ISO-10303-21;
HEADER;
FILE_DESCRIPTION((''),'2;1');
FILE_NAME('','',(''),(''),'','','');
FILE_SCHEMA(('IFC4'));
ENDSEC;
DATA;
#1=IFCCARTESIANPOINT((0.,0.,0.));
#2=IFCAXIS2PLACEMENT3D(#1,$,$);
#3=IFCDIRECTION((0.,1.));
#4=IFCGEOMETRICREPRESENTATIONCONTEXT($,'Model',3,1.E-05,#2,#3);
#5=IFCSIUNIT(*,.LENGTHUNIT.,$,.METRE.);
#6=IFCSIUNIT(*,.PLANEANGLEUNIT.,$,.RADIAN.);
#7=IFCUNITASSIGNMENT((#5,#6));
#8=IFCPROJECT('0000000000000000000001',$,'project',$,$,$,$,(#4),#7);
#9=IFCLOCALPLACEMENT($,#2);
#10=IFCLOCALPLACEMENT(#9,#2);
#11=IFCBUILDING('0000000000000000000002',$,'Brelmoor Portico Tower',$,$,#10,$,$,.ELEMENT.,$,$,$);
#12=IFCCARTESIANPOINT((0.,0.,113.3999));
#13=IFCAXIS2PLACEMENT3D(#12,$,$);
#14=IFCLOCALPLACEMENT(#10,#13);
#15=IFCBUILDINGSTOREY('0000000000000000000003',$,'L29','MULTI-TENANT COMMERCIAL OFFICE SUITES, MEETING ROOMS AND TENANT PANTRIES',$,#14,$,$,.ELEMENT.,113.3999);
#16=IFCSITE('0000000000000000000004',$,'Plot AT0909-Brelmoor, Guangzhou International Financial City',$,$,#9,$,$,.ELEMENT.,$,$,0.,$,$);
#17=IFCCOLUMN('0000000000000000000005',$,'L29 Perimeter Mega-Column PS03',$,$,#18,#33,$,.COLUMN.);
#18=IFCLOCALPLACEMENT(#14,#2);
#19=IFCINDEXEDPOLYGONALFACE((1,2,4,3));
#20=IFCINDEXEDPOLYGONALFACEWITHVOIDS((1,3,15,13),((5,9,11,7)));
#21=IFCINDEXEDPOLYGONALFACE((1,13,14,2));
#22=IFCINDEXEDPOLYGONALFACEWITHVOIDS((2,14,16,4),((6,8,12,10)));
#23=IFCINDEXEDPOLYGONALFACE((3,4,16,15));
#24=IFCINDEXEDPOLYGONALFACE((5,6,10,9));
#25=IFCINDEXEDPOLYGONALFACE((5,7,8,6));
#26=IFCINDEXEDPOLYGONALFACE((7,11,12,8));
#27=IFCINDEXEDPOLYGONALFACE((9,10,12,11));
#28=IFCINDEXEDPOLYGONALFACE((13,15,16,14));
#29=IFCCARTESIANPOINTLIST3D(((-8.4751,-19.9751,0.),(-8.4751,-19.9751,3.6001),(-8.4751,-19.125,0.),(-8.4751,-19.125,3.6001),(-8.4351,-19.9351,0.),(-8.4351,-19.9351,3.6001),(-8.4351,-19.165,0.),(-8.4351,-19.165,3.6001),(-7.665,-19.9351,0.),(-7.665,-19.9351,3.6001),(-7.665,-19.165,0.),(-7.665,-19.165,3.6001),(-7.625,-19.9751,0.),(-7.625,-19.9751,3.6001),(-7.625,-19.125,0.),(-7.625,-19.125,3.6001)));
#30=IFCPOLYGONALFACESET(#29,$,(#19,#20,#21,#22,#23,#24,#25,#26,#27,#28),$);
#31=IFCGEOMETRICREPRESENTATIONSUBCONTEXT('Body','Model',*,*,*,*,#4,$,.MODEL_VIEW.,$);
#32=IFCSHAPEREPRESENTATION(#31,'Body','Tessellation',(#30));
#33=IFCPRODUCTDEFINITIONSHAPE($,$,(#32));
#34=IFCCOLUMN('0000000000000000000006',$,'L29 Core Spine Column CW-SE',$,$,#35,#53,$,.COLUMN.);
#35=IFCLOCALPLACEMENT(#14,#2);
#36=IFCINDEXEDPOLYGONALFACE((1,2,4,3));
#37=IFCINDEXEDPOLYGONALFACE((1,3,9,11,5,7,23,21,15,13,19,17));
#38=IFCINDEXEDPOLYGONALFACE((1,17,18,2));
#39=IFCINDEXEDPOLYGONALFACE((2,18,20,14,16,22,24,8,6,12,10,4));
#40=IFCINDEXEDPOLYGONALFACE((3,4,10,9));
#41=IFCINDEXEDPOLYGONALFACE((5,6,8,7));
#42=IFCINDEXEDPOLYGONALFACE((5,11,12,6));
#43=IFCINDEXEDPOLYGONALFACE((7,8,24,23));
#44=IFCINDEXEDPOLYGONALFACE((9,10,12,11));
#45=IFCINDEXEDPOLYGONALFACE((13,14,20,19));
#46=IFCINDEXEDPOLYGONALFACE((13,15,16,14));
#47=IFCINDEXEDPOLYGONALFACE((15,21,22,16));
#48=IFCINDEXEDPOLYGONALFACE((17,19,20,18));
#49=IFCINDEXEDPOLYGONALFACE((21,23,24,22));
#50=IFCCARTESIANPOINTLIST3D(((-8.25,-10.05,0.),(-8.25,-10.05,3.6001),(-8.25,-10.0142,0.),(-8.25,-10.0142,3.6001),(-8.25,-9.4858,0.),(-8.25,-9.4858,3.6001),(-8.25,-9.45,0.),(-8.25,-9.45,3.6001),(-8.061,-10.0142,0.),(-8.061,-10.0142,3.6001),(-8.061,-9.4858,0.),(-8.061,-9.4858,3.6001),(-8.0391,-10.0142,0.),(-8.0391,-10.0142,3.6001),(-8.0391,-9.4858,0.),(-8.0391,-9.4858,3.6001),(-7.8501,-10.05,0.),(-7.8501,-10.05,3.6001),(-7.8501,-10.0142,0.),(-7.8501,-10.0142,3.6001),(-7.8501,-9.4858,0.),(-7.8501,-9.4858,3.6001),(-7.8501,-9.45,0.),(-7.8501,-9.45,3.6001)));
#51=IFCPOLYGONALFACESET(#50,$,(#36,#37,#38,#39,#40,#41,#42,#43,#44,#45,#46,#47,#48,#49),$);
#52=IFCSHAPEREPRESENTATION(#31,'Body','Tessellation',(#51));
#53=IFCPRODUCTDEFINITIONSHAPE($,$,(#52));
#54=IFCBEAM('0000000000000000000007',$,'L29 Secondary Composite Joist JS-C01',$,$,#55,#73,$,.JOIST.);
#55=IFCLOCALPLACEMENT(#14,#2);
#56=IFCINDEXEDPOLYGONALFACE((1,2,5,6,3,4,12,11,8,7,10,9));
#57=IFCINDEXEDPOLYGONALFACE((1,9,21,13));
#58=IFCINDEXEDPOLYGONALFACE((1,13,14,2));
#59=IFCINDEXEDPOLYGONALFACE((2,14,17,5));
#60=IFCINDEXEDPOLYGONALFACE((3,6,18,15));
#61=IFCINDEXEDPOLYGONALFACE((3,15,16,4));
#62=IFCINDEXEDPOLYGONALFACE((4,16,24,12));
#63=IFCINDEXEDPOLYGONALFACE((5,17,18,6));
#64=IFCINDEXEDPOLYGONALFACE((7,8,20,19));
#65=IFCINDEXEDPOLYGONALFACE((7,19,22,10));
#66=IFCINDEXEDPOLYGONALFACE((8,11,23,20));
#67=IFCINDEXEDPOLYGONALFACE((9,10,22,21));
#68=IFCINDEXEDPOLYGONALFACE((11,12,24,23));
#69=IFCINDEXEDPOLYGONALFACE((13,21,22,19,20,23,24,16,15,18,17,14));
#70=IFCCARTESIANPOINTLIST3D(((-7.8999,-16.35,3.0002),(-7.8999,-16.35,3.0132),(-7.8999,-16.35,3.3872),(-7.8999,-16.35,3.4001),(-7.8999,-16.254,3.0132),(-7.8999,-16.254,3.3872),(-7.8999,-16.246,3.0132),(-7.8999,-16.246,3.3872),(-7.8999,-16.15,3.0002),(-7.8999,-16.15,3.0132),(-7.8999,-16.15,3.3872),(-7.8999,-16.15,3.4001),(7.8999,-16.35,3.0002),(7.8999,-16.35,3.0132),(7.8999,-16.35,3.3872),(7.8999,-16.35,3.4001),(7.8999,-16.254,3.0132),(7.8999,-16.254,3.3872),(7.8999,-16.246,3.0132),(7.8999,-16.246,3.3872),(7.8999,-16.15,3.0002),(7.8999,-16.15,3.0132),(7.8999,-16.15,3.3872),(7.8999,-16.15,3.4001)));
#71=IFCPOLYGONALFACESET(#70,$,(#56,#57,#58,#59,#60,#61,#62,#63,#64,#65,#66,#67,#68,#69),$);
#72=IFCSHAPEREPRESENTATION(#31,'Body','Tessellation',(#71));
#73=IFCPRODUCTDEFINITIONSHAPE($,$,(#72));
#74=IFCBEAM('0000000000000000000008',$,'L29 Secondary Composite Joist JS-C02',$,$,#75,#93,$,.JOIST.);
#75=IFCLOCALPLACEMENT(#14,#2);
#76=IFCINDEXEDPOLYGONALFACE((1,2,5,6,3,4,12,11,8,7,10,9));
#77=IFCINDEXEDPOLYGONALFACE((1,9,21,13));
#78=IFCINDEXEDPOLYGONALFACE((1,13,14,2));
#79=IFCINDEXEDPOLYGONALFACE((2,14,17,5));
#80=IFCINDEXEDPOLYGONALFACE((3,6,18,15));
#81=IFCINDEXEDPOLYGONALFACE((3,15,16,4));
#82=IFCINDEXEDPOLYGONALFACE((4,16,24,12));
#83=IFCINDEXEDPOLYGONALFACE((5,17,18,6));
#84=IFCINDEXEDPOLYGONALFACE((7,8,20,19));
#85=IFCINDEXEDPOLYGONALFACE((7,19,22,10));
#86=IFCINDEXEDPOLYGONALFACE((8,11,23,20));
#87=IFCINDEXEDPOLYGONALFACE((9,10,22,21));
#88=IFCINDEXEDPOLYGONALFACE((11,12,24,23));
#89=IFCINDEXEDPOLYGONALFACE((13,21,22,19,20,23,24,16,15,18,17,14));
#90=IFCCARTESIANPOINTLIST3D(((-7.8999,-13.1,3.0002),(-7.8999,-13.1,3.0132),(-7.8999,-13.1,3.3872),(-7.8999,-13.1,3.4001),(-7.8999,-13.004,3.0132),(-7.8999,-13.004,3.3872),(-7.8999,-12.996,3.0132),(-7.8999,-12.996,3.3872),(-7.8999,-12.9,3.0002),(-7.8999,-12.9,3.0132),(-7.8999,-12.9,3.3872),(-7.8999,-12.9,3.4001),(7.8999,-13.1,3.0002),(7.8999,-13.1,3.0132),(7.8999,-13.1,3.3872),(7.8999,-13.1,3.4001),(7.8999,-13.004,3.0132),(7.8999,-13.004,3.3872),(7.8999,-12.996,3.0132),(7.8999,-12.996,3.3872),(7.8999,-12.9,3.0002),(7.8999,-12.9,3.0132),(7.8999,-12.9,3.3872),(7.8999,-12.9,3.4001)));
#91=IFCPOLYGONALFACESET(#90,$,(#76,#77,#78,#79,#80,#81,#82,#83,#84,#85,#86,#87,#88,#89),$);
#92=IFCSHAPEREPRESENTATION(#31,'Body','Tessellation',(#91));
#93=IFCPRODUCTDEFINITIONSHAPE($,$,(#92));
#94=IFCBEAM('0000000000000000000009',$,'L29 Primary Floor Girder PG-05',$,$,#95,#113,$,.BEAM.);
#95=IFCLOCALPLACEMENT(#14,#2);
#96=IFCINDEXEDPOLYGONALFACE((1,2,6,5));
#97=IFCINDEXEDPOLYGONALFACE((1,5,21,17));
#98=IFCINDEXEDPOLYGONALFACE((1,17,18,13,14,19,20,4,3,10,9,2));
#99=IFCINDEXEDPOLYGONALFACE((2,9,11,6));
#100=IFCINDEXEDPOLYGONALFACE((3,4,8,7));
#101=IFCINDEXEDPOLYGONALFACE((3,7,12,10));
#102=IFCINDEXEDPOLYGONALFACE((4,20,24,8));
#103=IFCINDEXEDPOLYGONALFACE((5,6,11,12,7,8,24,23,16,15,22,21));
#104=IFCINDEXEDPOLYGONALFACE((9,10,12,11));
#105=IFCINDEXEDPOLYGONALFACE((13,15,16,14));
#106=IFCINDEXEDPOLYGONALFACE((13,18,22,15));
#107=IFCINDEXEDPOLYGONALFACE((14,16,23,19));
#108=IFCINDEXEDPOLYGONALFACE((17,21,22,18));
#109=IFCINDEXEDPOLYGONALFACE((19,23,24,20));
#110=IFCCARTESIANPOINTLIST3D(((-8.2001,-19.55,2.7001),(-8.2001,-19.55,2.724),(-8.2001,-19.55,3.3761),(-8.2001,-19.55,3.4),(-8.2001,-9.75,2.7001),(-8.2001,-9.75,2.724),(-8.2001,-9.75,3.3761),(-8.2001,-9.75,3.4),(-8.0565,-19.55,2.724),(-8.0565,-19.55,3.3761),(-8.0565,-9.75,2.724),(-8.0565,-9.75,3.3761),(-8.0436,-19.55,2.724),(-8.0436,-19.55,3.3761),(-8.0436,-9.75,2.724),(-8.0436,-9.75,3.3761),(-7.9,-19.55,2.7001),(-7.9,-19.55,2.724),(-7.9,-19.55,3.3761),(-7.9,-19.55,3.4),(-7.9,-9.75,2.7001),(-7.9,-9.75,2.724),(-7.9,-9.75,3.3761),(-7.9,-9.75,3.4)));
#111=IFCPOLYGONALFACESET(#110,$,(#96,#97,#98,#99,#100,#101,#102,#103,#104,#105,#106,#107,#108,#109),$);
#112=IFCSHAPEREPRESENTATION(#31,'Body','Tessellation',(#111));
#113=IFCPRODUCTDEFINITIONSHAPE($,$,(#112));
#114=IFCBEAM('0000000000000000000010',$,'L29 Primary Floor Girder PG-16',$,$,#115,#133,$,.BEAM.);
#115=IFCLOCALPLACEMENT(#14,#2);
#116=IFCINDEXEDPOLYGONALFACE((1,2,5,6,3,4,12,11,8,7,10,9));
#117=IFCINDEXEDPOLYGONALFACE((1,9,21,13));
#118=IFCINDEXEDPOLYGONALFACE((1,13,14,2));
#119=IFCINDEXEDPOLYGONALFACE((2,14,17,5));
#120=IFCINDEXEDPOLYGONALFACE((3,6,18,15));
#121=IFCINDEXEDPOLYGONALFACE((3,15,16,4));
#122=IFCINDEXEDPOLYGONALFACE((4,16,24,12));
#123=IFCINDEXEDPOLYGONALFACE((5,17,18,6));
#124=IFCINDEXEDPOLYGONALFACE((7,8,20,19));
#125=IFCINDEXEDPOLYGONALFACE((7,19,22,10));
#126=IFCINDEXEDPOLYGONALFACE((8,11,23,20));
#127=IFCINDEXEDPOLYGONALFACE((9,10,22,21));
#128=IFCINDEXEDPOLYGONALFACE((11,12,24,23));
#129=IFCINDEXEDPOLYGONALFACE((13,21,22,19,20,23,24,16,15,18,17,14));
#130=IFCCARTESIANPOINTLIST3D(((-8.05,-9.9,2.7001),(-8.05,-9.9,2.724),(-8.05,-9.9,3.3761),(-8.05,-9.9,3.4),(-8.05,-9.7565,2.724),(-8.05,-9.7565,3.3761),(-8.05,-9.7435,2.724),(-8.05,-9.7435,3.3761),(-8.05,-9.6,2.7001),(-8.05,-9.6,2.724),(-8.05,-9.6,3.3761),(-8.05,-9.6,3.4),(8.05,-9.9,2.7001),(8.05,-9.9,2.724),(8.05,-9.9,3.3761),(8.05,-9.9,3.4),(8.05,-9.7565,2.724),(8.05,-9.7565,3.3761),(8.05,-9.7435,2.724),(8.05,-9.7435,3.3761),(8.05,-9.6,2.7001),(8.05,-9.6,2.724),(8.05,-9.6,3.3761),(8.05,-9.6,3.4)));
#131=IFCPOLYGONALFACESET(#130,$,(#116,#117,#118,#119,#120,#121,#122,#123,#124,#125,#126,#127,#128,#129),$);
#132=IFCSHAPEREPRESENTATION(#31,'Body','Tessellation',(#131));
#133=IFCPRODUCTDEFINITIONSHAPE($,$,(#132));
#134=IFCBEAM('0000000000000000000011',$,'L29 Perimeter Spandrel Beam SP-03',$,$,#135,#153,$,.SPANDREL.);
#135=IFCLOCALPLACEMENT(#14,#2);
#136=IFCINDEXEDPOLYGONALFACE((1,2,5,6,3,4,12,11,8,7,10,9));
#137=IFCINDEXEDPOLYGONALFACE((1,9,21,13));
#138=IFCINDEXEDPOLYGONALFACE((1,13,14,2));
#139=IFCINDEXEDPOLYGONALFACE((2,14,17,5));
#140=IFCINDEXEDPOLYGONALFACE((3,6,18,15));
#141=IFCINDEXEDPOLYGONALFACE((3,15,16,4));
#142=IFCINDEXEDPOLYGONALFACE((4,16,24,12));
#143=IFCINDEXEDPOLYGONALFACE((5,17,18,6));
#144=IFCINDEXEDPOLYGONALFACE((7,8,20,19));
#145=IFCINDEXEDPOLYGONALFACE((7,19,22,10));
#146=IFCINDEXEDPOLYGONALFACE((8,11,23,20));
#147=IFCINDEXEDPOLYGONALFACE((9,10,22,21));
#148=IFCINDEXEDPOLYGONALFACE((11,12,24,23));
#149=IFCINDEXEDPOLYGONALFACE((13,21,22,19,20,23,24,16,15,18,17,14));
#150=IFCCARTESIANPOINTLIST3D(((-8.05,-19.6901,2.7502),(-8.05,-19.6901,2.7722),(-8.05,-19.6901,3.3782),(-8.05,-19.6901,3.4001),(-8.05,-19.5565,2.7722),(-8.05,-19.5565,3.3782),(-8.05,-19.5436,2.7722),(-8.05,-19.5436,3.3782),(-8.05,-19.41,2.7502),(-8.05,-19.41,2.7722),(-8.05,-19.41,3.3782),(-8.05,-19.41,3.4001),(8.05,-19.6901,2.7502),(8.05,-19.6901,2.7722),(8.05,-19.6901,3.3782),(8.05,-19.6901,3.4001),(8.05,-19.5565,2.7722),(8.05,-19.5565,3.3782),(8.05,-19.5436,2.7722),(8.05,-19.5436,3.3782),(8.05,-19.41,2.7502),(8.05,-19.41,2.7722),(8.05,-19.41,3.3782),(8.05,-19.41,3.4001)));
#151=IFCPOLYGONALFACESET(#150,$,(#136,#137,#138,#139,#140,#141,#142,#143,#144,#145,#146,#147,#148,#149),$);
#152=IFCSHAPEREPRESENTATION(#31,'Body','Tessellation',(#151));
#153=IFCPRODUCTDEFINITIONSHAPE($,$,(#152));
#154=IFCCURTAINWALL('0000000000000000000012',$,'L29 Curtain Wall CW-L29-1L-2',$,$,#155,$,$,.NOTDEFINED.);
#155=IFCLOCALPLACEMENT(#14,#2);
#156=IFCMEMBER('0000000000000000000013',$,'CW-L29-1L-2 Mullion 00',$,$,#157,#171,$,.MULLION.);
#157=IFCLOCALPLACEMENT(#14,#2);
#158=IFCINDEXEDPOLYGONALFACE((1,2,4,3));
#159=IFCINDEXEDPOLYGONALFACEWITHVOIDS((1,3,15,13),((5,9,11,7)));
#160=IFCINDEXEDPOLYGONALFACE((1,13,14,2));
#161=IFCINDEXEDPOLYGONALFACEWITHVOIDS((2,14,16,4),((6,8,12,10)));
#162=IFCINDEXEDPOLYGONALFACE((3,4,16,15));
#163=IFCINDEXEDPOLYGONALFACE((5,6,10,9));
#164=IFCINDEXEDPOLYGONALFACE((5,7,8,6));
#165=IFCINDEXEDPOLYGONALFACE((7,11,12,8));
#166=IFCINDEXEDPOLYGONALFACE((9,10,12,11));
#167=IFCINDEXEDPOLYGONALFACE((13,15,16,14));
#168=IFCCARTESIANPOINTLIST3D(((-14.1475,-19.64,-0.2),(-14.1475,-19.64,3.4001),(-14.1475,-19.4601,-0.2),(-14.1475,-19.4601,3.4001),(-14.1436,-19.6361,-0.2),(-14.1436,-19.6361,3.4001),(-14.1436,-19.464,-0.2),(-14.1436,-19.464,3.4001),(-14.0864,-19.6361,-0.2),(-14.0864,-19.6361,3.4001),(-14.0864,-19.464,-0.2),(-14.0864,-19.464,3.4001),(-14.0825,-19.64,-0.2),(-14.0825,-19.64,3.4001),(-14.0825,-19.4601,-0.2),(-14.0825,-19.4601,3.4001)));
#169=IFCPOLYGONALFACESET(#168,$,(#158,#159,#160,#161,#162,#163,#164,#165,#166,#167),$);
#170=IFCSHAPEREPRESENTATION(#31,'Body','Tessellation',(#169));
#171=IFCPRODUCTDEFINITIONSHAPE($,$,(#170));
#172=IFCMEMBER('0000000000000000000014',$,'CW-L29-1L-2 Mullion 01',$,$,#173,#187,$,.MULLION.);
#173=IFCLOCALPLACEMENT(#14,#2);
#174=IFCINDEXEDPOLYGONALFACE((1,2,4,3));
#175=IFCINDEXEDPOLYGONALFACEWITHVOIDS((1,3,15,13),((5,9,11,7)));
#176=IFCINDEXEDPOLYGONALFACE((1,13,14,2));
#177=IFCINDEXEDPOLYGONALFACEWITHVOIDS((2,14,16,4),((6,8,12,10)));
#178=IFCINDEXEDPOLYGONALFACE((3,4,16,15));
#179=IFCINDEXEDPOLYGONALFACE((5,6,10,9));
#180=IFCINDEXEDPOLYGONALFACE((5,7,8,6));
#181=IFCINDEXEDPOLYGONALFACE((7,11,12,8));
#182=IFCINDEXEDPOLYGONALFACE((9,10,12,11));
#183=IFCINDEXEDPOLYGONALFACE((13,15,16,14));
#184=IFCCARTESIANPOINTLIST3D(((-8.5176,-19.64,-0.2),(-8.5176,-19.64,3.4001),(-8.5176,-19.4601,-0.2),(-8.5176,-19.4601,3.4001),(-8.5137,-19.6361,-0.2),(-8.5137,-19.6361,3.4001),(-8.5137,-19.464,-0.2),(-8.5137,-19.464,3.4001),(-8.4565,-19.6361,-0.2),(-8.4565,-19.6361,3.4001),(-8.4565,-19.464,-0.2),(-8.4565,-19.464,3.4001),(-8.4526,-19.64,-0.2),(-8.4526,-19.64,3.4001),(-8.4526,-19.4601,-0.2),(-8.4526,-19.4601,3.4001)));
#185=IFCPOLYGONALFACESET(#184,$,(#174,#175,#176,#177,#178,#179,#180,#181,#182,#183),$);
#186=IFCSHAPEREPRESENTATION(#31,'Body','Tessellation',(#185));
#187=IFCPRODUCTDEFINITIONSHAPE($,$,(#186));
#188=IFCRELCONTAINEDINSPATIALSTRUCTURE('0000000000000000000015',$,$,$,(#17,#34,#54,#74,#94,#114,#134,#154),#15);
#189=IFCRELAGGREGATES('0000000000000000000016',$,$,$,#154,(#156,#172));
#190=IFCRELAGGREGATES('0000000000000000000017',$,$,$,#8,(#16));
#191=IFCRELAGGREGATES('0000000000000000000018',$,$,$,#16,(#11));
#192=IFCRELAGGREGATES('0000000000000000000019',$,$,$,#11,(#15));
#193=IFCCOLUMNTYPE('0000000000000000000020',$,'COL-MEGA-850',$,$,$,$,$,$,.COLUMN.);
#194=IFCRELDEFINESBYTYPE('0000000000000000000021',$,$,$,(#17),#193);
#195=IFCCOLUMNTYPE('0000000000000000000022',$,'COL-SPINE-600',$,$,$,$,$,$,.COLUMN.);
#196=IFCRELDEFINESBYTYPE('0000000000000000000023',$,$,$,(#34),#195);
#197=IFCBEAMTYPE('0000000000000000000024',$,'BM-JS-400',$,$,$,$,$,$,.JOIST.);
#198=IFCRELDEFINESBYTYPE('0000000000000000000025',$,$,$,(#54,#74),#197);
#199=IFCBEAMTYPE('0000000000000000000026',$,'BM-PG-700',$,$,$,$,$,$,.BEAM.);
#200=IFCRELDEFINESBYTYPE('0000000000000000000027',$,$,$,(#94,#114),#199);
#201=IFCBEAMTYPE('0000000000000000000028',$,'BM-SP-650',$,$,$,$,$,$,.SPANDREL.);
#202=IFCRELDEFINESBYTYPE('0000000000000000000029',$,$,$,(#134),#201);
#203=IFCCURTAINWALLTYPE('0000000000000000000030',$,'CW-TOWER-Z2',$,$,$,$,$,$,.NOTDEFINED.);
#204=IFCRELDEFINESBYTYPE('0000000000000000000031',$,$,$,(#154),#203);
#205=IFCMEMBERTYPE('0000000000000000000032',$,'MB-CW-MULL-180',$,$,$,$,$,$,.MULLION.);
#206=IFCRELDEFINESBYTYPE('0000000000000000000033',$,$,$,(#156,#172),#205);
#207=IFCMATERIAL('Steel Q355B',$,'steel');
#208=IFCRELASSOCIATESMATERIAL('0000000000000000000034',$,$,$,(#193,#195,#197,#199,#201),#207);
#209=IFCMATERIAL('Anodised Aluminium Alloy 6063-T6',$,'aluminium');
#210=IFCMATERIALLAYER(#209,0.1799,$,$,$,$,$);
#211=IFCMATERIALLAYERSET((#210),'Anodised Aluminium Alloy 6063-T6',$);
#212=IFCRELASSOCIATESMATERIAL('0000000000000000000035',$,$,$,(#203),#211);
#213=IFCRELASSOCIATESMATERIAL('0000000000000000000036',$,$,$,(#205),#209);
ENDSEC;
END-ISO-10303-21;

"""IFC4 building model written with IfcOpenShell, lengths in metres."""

from ifc_helpers import new_model, si_unit, direction, frame, origin, origin_2d, place, context, subcontext, project, spatial, hollow_rectangle, i_section, extrude, material, layer, layer_set, material_profile, profile_set, type_object, element, aggregate, save


model = new_model("IFC4")

# Units and contexts
model_context = context("Model", 3, precision=1e-05, world=origin(), true_north=direction((0.0, 1.0)))
body_context = subcontext(model_context, "Body", "Model", "MODEL_VIEW")
ifc_project = project(units=[si_unit("LENGTHUNIT", "METRE"), si_unit("PLANEANGLEUNIT", "RADIAN")], contexts=[model_context])

# Site, building, storey
site_placement = place(None, origin())
site = spatial("IfcSite", under=ifc_project, at=site_placement, Name="Plot AT0909-Brelmoor, Guangzhou International Financial City", CompositionType="ELEMENT", RefElevation=0.0)
building_placement = place(site_placement, origin())
building = spatial("IfcBuilding", under=site, at=building_placement, Name="Brelmoor Portico Tower", CompositionType="ELEMENT")
storey_placement = place(building_placement, frame((0.0, 0.0, 113.3999)))
storey = spatial("IfcBuildingStorey", under=building, at=storey_placement, Name="L29", Description="MULTI-TENANT COMMERCIAL OFFICE SUITES, MEETING ROOMS AND TENANT PANTRIES", CompositionType="ELEMENT", Elevation=113.3999)

# Columns
ifc_material_1 = material(Name="Steel Q355B", Category="steel")
ifc_material_profile_1 = material_profile(ifc_material_1, hollow_rectangle(XDim=0.8501, YDim=0.8501, WallThickness=0.04, at=origin_2d()), Name="BOX 850x850x40")
ifc_profile_set_1 = profile_set([ifc_material_profile_1], Name="Steel Q355B")
column_type_1 = type_object("IfcColumnType", Name="COL-MEGA-850", PredefinedType="COLUMN", material=ifc_profile_set_1)
column_1_placement = place(storey_placement, frame((-8.05, -19.55, 0.0), z_axis=(0.0, 0.0, 1.0), x_axis=(1.0, 0.0, 0.0)))
element("IfcColumn", 1, at=column_1_placement, inside=storey, type_object=column_type_1, Name="L29 Perimeter Mega-Column PS03", PredefinedType="COLUMN", context=body_context, shape_type="SweptSolid", body=[
    extrude(hollow_rectangle(XDim=0.8501, YDim=0.8501, WallThickness=0.04, at=origin_2d()), origin(), (0.0, 0.0, 1.0), 3.6001),
])
ifc_material_profile_2 = material_profile(ifc_material_1, i_section(OverallWidth=0.3999, OverallDepth=0.6001, WebThickness=0.022, FlangeThickness=0.0359, at=origin_2d()), Name="HW 600x400x22x36")
ifc_profile_set_2 = profile_set([ifc_material_profile_2], Name="Steel Q355B")
column_type_2 = type_object("IfcColumnType", Name="COL-SPINE-600", PredefinedType="COLUMN", material=ifc_profile_set_2)
column_2_placement = place(storey_placement, frame((-8.05, -9.75, 0.0), z_axis=(0.0, 0.0, 1.0), x_axis=(1.0, 0.0, 0.0)))
element("IfcColumn", 2, at=column_2_placement, inside=storey, type_object=column_type_2, Name="L29 Core Spine Column CW-SE", PredefinedType="COLUMN", context=body_context, shape_type="SweptSolid", body=[
    extrude(i_section(OverallWidth=0.3999, OverallDepth=0.6001, WebThickness=0.022, FlangeThickness=0.0359, at=origin_2d()), origin(), (0.0, 0.0, 1.0), 3.6001),
])

# Beams
ifc_material_profile_3 = material_profile(ifc_material_1, i_section(OverallWidth=0.2, OverallDepth=0.3999, WebThickness=0.0081, FlangeThickness=0.0129, at=origin_2d()), Name="HN 400x200x8x13")
ifc_profile_set_3 = profile_set([ifc_material_profile_3], Name="Steel Q355B")
beam_type_1 = type_object("IfcBeamType", Name="BM-JS-400", PredefinedType="JOIST", material=ifc_profile_set_3)
for number, where, z_axis, x_axis, name in (
    (3, (-7.8999, -16.25, 3.2002), (1.0, 0.0, 0.0), (0.0, 1.0, 0.0), "L29 Secondary Composite Joist JS-C01"),
    (4, (-7.8999, -13.0, 3.2002), (1.0, 0.0, 0.0), (0.0, 1.0, 0.0), "L29 Secondary Composite Joist JS-C02"),
):
    element("IfcBeam", number, at=place(storey_placement, frame(where, z_axis=z_axis, x_axis=x_axis)), inside=storey, type_object=beam_type_1, Name=name, PredefinedType="JOIST", context=body_context, shape_type="SweptSolid", body=[
        extrude(i_section(OverallWidth=0.2, OverallDepth=0.3999, WebThickness=0.0081, FlangeThickness=0.0129, at=origin_2d()), origin(), (0.0, 0.0, 1.0), 15.7998),
    ])
ifc_material_profile_4 = material_profile(ifc_material_1, i_section(OverallWidth=0.3, OverallDepth=0.7, WebThickness=0.0129, FlangeThickness=0.0239, at=origin_2d()), Name="HN 700x300x13x24")
ifc_profile_set_4 = profile_set([ifc_material_profile_4], Name="Steel Q355B")
beam_type_2 = type_object("IfcBeamType", Name="BM-PG-700", PredefinedType="BEAM", material=ifc_profile_set_4)
beam_1_placement = place(storey_placement, frame((-8.05, -19.55, 3.05), z_axis=(0.0, 1.0, 0.0), x_axis=(-1.0, 0.0, 0.0)))
element("IfcBeam", 5, at=beam_1_placement, inside=storey, type_object=beam_type_2, Name="L29 Primary Floor Girder PG-05", PredefinedType="BEAM", context=body_context, shape_type="SweptSolid", body=[
    extrude(i_section(OverallWidth=0.3, OverallDepth=0.7, WebThickness=0.0129, FlangeThickness=0.0239, at=origin_2d()), origin(), (0.0, 0.0, 1.0), 9.8),
])
beam_2_placement = place(storey_placement, frame((-8.05, -9.75, 3.05), z_axis=(1.0, 0.0, 0.0), x_axis=(0.0, 1.0, 0.0)))
element("IfcBeam", 6, at=beam_2_placement, inside=storey, type_object=beam_type_2, Name="L29 Primary Floor Girder PG-16", PredefinedType="BEAM", context=body_context, shape_type="SweptSolid", body=[
    extrude(i_section(OverallWidth=0.3, OverallDepth=0.7, WebThickness=0.0129, FlangeThickness=0.0239, at=origin_2d()), origin(), (0.0, 0.0, 1.0), 16.1001),
])
ifc_material_profile_5 = material_profile(ifc_material_1, i_section(OverallWidth=0.28, OverallDepth=0.6499, WebThickness=0.0129, FlangeThickness=0.022, at=origin_2d()), Name="HN 650x280x13x22")
ifc_profile_set_5 = profile_set([ifc_material_profile_5], Name="Steel Q355B")
beam_type_3 = type_object("IfcBeamType", Name="BM-SP-650", PredefinedType="SPANDREL", material=ifc_profile_set_5)
beam_3_placement = place(storey_placement, frame((-8.05, -19.55, 3.0752), z_axis=(1.0, 0.0, 0.0), x_axis=(0.0, 1.0, 0.0)))
element("IfcBeam", 7, at=beam_3_placement, inside=storey, type_object=beam_type_3, Name="L29 Perimeter Spandrel Beam SP-03", PredefinedType="SPANDREL", context=body_context, shape_type="SweptSolid", body=[
    extrude(i_section(OverallWidth=0.28, OverallDepth=0.6499, WebThickness=0.0129, FlangeThickness=0.022, at=origin_2d()), origin(), (0.0, 0.0, 1.0), 16.1001),
])

# Curtain wall, members
ifc_material_2 = material(Name="Anodised Aluminium Alloy 6063-T6", Category="aluminium")
ifc_layer_1 = layer(ifc_material_2, 0.1799)
ifc_layer_set_1 = layer_set([ifc_layer_1], Name="Anodised Aluminium Alloy 6063-T6")
curtain_wall_type = type_object("IfcCurtainWallType", Name="CW-TOWER-Z2", PredefinedType="NOTDEFINED", material=ifc_layer_set_1)
curtain_wall_1_placement = place(storey_placement, origin())
curtain_wall_1 = element("IfcCurtainWall", 8, at=curtain_wall_1_placement, inside=storey, type_object=curtain_wall_type, Name="L29 Curtain Wall CW-L29-1L-2", PredefinedType="NOTDEFINED")
ifc_material_profile_6 = material_profile(ifc_material_2, hollow_rectangle(XDim=0.0649, YDim=0.1799, WallThickness=0.0039, at=origin_2d()), Name="ALU MULLION 65x180")
ifc_profile_set_6 = profile_set([ifc_material_profile_6], Name="Anodised Aluminium Alloy 6063-T6")
member_type_1 = type_object("IfcMemberType", Name="MB-CW-MULL-180", PredefinedType="MULLION", material=ifc_profile_set_6)
member_1_placement = place(storey_placement, frame((-14.115, -19.55, -0.2), z_axis=(0.0, 0.0, 1.0), x_axis=(1.0, 0.0, 0.0)))
member_1 = element("IfcMember", 9, at=member_1_placement, type_object=member_type_1, Name="CW-L29-1L-2 Mullion 00", PredefinedType="MULLION", context=body_context, shape_type="SweptSolid", body=[
    extrude(hollow_rectangle(XDim=0.0649, YDim=0.1799, WallThickness=0.0039, at=origin_2d()), origin(), (0.0, 0.0, 1.0), 3.6001),
])
member_2_placement = place(storey_placement, frame((-8.4851, -19.55, -0.2), z_axis=(0.0, 0.0, 1.0), x_axis=(1.0, 0.0, 0.0)))
member_2 = element("IfcMember", 10, at=member_2_placement, type_object=member_type_1, Name="CW-L29-1L-2 Mullion 01", PredefinedType="MULLION", context=body_context, shape_type="SweptSolid", body=[
    extrude(hollow_rectangle(XDim=0.0649, YDim=0.1799, WallThickness=0.0039, at=origin_2d()), origin(), (0.0, 0.0, 1.0), 3.6001),
])

aggregate(curtain_wall_1, [member_1, member_2])

save(model, "model.ifc")
